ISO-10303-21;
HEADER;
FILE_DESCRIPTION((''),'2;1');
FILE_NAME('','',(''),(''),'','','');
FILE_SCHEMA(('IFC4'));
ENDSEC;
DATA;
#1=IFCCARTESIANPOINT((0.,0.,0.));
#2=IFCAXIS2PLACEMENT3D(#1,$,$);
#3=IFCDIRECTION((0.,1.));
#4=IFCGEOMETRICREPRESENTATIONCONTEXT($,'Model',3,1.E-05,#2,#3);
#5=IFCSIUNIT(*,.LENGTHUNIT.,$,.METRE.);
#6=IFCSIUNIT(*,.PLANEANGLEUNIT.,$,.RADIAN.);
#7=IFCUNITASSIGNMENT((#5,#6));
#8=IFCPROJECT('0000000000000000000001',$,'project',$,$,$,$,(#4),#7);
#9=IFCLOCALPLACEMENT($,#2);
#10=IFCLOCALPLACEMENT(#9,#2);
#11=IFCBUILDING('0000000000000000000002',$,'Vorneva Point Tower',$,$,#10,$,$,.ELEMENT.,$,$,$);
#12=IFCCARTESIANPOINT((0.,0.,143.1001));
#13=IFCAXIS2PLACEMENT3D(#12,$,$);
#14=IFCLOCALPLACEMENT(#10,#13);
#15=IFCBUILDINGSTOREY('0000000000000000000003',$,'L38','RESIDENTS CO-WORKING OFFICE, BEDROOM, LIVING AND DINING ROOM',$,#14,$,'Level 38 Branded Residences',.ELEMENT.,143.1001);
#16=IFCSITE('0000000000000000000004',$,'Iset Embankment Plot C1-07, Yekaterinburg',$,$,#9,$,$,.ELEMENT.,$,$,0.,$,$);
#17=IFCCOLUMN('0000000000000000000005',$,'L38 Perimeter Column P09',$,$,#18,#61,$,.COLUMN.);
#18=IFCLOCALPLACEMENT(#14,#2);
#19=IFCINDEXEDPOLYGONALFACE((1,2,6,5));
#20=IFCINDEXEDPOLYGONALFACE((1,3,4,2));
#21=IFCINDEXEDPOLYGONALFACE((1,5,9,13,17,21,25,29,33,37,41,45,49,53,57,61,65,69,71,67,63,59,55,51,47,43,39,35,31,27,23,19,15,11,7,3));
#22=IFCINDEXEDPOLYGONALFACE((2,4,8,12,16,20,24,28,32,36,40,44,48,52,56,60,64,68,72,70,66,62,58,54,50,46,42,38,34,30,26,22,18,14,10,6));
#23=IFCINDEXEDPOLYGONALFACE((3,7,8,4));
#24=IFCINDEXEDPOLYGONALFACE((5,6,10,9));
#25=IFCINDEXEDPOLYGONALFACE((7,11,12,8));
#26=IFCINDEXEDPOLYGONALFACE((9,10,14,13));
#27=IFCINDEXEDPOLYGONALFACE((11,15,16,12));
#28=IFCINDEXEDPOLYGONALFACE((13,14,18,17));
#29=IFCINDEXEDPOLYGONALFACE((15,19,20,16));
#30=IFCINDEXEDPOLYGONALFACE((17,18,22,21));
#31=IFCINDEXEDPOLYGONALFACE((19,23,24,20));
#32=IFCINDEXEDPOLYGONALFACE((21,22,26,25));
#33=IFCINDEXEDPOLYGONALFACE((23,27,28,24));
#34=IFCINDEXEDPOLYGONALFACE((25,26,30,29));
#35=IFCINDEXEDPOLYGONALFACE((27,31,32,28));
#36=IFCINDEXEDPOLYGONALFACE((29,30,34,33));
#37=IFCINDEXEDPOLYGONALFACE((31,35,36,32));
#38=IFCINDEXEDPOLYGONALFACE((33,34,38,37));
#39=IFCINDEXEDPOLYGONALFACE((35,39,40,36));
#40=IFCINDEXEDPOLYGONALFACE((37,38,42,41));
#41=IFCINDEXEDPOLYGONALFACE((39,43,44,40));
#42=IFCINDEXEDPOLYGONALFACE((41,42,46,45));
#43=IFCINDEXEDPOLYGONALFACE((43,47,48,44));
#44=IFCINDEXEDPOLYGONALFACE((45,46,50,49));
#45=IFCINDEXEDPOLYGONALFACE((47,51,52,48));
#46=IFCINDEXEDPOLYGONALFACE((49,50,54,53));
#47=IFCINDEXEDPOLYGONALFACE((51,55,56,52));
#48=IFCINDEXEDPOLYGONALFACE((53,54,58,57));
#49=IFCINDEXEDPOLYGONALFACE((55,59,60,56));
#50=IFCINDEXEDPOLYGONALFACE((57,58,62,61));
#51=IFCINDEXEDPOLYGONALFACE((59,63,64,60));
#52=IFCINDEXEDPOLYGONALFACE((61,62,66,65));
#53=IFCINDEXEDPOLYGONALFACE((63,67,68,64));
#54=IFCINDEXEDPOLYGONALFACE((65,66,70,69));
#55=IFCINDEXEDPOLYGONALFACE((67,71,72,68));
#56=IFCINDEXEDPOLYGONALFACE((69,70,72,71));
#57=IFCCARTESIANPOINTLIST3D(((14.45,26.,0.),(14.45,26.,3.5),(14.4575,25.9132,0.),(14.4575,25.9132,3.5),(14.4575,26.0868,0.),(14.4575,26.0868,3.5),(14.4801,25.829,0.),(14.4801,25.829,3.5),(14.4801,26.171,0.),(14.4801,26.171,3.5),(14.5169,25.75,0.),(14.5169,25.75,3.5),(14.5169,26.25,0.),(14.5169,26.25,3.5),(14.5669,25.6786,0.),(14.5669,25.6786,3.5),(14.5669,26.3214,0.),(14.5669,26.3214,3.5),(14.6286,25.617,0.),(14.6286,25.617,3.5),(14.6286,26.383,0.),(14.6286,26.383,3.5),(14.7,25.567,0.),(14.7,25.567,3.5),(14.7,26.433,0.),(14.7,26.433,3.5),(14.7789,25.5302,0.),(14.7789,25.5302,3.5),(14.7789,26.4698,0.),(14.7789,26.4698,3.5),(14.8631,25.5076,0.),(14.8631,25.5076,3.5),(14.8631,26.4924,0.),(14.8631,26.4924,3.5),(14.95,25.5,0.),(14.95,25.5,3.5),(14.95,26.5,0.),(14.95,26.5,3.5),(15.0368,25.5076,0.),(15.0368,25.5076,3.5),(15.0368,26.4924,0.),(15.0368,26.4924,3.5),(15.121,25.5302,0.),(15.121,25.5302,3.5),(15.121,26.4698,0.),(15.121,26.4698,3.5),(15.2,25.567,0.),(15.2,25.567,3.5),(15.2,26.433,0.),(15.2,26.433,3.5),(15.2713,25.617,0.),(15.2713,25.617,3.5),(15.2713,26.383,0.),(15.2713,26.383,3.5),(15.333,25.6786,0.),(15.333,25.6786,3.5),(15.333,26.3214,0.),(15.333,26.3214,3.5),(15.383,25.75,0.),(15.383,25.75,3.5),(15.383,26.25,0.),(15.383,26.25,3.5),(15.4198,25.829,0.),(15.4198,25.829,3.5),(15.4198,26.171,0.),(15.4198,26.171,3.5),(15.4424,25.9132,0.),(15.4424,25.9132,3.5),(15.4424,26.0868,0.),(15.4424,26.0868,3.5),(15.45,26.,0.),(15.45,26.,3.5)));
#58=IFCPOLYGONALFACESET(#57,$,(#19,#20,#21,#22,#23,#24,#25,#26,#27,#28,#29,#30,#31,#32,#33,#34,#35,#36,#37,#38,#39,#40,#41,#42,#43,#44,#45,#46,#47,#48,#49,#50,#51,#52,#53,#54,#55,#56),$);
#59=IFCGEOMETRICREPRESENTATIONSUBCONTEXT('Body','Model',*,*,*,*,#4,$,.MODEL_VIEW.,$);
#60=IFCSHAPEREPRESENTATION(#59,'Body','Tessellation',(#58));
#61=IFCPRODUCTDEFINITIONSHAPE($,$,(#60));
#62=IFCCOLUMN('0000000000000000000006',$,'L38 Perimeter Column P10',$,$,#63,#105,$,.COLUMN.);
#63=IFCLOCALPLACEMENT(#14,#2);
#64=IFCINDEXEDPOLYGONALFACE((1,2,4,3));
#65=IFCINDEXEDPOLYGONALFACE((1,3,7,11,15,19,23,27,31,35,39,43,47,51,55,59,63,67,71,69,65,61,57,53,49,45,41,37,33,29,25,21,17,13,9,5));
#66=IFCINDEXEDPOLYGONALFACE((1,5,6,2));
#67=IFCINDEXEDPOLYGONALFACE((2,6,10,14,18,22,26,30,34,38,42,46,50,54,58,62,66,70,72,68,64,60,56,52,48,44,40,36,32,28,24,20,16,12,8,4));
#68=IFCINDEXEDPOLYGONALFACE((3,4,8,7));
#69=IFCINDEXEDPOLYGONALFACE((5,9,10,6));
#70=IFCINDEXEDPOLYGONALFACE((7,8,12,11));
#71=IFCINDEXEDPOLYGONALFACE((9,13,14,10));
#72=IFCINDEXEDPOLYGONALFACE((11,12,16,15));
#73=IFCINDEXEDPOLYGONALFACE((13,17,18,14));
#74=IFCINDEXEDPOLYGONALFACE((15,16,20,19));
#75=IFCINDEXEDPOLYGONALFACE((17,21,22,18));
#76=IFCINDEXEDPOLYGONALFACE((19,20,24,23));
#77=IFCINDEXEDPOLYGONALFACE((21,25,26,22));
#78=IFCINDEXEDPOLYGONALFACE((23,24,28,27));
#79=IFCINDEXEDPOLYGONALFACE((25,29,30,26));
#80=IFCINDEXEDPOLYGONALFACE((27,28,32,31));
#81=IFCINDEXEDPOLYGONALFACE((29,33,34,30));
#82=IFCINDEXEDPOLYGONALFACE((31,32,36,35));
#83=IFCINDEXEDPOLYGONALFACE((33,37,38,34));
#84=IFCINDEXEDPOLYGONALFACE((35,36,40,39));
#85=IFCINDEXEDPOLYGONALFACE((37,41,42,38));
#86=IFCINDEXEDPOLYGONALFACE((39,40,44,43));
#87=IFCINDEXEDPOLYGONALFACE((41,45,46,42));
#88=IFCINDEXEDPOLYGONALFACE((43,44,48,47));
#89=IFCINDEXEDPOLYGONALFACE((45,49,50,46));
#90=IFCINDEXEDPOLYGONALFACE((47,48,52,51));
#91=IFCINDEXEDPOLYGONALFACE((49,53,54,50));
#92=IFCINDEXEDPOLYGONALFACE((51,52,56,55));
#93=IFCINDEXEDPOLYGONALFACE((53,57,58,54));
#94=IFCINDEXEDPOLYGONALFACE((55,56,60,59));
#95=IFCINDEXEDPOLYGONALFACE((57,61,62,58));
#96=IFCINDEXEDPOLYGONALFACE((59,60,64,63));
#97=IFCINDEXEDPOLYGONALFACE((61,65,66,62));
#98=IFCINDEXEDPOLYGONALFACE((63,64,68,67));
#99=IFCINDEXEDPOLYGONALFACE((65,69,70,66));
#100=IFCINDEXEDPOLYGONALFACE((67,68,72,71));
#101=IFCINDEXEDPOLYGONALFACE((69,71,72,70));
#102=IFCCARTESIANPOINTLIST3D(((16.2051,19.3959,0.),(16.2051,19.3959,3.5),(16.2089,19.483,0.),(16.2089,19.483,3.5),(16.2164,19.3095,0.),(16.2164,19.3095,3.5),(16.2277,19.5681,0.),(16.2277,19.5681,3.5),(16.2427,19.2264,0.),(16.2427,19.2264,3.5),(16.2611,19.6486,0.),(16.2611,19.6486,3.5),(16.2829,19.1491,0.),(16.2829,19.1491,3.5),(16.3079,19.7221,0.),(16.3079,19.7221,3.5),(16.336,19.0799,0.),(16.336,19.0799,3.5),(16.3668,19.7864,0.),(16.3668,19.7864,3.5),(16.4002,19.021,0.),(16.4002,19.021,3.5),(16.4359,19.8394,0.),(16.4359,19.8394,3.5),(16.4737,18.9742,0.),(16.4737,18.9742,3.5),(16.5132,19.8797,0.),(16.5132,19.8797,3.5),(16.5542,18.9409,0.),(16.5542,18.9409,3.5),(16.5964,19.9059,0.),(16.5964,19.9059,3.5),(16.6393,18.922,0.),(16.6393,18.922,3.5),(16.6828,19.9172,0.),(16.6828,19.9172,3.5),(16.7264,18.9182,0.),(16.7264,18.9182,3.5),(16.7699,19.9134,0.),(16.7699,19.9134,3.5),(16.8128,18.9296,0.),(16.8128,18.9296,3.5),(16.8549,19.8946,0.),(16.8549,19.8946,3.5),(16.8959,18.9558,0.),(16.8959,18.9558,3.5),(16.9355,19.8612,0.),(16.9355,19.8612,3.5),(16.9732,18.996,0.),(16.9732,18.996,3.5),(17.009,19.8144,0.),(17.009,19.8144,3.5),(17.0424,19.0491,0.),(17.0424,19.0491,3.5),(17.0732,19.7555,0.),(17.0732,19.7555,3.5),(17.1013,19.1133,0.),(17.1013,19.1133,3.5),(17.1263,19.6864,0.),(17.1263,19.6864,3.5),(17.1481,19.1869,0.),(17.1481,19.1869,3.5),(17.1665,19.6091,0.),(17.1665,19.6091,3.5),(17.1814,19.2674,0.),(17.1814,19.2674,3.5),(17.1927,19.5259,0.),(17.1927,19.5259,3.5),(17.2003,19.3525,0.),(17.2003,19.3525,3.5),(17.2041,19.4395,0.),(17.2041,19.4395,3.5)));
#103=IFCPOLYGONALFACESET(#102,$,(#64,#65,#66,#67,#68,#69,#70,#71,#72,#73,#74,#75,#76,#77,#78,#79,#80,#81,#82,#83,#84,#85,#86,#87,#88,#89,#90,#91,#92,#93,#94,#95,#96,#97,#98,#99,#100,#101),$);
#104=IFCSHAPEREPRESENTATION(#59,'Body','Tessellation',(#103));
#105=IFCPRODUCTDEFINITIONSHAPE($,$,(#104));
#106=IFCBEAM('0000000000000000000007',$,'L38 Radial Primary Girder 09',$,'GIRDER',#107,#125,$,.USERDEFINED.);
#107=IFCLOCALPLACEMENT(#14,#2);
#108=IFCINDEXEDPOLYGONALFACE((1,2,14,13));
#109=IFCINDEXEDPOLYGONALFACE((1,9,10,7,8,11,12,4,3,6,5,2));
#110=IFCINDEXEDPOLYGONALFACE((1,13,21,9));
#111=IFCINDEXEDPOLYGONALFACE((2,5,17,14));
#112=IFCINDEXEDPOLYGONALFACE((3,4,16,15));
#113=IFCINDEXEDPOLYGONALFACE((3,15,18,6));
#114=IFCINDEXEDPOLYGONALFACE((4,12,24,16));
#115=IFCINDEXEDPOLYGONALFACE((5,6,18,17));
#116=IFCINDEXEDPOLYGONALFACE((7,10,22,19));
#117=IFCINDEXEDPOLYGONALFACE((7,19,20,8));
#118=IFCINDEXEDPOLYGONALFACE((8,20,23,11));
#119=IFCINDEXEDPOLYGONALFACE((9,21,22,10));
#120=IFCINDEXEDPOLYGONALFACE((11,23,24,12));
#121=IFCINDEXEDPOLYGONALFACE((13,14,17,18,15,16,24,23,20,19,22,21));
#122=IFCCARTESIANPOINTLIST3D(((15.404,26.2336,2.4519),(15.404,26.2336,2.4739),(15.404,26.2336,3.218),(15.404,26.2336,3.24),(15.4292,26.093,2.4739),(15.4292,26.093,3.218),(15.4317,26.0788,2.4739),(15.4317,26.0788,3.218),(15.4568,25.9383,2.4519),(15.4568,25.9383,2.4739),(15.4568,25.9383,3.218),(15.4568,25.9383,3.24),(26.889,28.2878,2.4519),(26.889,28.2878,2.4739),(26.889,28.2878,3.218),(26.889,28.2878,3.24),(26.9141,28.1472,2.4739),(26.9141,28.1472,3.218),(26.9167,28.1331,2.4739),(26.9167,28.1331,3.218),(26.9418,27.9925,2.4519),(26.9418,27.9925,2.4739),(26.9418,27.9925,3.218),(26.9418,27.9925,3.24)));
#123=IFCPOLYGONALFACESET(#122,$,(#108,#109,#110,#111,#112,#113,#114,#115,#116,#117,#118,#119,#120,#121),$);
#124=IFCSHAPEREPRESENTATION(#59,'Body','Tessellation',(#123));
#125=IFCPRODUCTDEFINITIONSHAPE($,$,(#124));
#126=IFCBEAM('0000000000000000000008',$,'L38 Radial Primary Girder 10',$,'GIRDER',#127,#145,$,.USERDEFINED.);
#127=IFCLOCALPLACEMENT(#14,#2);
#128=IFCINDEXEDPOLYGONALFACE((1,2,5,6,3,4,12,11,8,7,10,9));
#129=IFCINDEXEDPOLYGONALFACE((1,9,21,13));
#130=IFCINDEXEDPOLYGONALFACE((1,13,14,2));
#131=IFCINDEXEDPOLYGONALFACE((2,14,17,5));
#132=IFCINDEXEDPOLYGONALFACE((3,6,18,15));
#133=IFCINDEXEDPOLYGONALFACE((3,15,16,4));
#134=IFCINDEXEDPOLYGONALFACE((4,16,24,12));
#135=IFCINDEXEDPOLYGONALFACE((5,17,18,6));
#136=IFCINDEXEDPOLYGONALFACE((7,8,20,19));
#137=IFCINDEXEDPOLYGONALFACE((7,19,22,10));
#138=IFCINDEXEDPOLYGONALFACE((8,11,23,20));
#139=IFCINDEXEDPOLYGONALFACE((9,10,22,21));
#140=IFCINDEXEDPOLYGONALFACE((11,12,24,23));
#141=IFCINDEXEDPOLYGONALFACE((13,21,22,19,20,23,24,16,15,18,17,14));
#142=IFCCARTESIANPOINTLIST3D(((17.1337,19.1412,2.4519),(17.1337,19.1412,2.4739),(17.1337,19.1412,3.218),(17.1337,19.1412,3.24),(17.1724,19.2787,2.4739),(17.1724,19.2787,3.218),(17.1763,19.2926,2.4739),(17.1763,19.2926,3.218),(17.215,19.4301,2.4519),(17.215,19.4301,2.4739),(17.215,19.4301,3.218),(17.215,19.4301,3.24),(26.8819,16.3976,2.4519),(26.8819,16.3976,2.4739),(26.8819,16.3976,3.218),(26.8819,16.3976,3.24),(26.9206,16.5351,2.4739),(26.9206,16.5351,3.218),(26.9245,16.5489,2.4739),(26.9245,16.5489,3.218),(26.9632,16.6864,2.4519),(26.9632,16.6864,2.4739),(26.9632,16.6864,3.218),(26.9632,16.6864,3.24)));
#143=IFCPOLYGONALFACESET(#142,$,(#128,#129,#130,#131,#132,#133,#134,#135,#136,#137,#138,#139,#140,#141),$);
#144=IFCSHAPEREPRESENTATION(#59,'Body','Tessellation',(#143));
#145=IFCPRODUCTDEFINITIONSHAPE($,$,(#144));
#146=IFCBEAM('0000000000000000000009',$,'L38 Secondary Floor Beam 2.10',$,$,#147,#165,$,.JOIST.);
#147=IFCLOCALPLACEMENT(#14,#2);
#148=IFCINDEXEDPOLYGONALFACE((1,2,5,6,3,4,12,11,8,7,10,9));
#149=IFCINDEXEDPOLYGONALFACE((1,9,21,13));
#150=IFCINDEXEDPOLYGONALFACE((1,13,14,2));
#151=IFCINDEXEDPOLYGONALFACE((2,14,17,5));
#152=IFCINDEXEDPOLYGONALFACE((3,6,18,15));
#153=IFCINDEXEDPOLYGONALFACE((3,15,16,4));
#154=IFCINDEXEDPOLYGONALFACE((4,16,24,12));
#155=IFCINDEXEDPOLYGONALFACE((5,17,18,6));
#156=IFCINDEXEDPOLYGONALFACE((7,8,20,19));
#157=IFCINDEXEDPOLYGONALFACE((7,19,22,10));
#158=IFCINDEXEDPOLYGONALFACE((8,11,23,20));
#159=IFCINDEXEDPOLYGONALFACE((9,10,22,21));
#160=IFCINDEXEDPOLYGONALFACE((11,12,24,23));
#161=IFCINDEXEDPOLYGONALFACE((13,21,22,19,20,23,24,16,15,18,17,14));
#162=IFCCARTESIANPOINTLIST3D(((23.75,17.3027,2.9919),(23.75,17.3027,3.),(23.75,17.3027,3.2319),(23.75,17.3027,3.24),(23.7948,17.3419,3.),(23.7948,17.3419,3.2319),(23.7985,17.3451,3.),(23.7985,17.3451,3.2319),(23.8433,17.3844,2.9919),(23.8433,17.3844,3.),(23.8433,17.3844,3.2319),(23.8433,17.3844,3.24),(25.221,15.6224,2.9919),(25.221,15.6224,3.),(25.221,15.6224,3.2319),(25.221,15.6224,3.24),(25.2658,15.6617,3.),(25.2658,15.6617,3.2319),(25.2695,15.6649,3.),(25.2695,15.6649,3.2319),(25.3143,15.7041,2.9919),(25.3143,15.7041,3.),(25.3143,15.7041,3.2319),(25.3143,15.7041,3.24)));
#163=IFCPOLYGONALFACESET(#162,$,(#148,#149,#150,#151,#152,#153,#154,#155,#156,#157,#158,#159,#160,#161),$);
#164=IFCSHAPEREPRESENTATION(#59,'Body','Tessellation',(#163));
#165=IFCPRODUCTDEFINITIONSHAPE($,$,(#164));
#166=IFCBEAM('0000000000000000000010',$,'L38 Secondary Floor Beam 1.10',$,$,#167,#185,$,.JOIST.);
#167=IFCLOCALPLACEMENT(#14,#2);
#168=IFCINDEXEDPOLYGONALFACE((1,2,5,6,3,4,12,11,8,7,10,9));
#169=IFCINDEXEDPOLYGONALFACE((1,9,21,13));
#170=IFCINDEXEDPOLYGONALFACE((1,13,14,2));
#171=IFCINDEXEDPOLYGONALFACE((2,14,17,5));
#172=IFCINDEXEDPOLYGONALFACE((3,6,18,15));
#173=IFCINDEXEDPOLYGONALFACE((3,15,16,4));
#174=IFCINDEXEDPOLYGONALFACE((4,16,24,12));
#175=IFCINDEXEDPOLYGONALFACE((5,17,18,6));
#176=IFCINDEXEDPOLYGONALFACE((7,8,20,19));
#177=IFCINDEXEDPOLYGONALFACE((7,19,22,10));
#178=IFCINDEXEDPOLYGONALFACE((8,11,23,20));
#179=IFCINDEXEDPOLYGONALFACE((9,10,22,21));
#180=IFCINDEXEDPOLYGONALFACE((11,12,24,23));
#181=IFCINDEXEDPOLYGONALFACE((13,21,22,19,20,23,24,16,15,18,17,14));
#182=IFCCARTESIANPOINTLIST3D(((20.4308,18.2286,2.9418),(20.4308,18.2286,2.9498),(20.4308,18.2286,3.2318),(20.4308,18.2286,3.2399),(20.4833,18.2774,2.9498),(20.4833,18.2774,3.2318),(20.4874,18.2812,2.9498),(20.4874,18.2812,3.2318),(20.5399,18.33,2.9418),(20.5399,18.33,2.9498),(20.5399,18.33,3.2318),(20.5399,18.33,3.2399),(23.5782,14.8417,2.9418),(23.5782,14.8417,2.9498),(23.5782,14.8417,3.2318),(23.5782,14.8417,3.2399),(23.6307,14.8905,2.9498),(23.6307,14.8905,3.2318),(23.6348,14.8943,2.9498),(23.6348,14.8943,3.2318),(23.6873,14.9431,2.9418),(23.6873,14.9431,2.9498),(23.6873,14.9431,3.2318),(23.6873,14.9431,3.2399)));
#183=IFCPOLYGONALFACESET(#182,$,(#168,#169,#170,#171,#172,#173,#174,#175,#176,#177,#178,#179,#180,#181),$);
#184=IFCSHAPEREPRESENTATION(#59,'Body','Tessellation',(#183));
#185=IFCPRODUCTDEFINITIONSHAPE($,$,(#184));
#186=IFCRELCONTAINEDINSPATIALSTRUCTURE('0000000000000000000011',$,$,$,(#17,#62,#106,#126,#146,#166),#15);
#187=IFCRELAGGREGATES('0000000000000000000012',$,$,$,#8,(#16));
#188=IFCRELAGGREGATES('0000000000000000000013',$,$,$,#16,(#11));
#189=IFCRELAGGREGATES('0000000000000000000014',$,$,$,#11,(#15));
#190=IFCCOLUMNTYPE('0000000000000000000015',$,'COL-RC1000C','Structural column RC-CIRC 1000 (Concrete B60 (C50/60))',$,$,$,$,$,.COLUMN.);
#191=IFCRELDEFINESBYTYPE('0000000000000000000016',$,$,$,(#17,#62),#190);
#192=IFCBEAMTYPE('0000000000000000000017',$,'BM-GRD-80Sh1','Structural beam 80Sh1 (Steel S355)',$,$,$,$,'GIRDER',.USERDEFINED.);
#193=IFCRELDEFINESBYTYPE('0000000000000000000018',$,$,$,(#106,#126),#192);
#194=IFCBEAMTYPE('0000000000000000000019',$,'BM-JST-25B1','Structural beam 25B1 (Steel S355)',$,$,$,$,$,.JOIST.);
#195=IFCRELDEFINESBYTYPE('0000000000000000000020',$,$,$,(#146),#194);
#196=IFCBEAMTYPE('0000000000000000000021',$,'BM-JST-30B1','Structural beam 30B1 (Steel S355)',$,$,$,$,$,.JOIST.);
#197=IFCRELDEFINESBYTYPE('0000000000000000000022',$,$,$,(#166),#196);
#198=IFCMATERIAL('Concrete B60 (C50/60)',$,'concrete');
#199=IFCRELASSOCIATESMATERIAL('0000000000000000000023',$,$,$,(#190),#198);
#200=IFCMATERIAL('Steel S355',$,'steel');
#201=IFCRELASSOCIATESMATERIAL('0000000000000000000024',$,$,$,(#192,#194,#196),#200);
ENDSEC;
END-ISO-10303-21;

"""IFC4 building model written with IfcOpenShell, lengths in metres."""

from ifc_helpers import new_model, si_unit, direction, frame, origin, origin_2d, place, context, subcontext, project, spatial, circle, i_section, extrude, material, material_profile, profile_set, type_object, element, save


model = new_model("IFC4")

# Units and contexts
model_context = context("Model", 3, precision=1e-05, world=origin(), true_north=direction((0.0, 1.0)))
body_context = subcontext(model_context, "Body", "Model", "MODEL_VIEW")
ifc_project = project(units=[si_unit("LENGTHUNIT", "METRE"), si_unit("PLANEANGLEUNIT", "RADIAN")], contexts=[model_context])

# Site, building, storey
site_placement = place(None, origin())
site = spatial("IfcSite", under=ifc_project, at=site_placement, Name="Iset Embankment Plot C1-07, Yekaterinburg", CompositionType="ELEMENT", RefElevation=0.0)
building_placement = place(site_placement, origin())
building = spatial("IfcBuilding", under=site, at=building_placement, Name="Vorneva Point Tower", CompositionType="ELEMENT")
storey_placement = place(building_placement, frame((0.0, 0.0, 143.1001)))
storey = spatial("IfcBuildingStorey", under=building, at=storey_placement, Name="L38", Description="RESIDENTS CO-WORKING OFFICE, BEDROOM, LIVING AND DINING ROOM", LongName="Level 38 Branded Residences", CompositionType="ELEMENT", Elevation=143.1001)

# Columns
ifc_material_1 = material(Name="Concrete B60 (C50/60)", Category="concrete")
ifc_material_profile_1 = material_profile(ifc_material_1, circle(Radius=0.5, at=origin_2d()), Name="RC-CIRC 1000")
ifc_profile_set_1 = profile_set([ifc_material_profile_1], Name="Concrete B60 (C50/60)")
column_type = type_object("IfcColumnType", Name="COL-RC1000C", Description="Structural column RC-CIRC 1000 (Concrete B60 (C50/60))", PredefinedType="COLUMN", material=ifc_profile_set_1)
for number, where, z_axis, x_axis, name in (
    (1, (14.95, 26.0, 0.0), (0.0, 0.0, 1.0), (-1.0, 0.0, 0.0), "L38 Perimeter Column P09"),
    (2, (16.7046, 19.4177, 0.0), (0.0, 0.0, 1.0), (-0.92388, -0.382683, 0.0), "L38 Perimeter Column P10"),
):
    element("IfcColumn", number, at=place(storey_placement, frame(where, z_axis=z_axis, x_axis=x_axis)), inside=storey, type_object=column_type, Name=name, PredefinedType="COLUMN", context=body_context, shape_type="SweptSolid", body=[
        extrude(circle(Radius=0.5, at=origin_2d()), origin(), (0.0, 0.0, 1.0), 3.5),
    ])

# Beams
ifc_material_2 = material(Name="Steel S355", Category="steel")
ifc_material_profile_2 = material_profile(ifc_material_2, i_section(OverallWidth=0.3, OverallDepth=0.7881, WebThickness=0.0144, FlangeThickness=0.022, at=origin_2d()), Name="80Sh1")
ifc_profile_set_2 = profile_set([ifc_material_profile_2], Name="Steel S355")
beam_type_1 = type_object("IfcBeamType", Name="BM-GRD-80Sh1", Description="Structural beam 80Sh1 (Steel S355)", ElementType="GIRDER", PredefinedType="USERDEFINED", material=ifc_profile_set_2)
beam_1_placement = place(storey_placement, frame((15.4304, 26.0859, 2.8459), z_axis=(0.984378, 0.176067, 0.0), x_axis=(-0.176067, 0.984378, 0.0)))
element("IfcBeam", 3, at=beam_1_placement, inside=storey, type_object=beam_type_1, Name="L38 Radial Primary Girder 09", ObjectType="GIRDER", PredefinedType="USERDEFINED", context=body_context, shape_type="SweptSolid", body=[
    extrude(i_section(OverallWidth=0.3, OverallDepth=0.7881, WebThickness=0.0144, FlangeThickness=0.022, at=origin_2d()), origin(), (0.0, 0.0, 1.0), 11.6672),
])
beam_2_placement = place(storey_placement, frame((17.1743, 19.2856, 2.8459), z_axis=(0.962601, -0.270924, 0.0), x_axis=(0.270924, 0.962601, 0.0)))
element("IfcBeam", 4, at=beam_2_placement, inside=storey, type_object=beam_type_1, Name="L38 Radial Primary Girder 10", ObjectType="GIRDER", PredefinedType="USERDEFINED", context=body_context, shape_type="SweptSolid", body=[
    extrude(i_section(OverallWidth=0.3, OverallDepth=0.7881, WebThickness=0.0144, FlangeThickness=0.022, at=origin_2d()), origin(), (0.0, 0.0, 1.0), 10.127),
])
ifc_material_profile_3 = material_profile(ifc_material_2, i_section(OverallWidth=0.124, OverallDepth=0.248, WebThickness=0.0049, FlangeThickness=0.0081, at=origin_2d()), Name="25B1")
ifc_profile_set_3 = profile_set([ifc_material_profile_3], Name="Steel S355")
beam_type_2 = type_object("IfcBeamType", Name="BM-JST-25B1", Description="Structural beam 25B1 (Steel S355)", PredefinedType="JOIST", material=ifc_profile_set_3)
beam_3_placement = place(storey_placement, frame((23.7966, 17.3435, 3.116), z_axis=(0.658706, -0.752401, 0.0), x_axis=(0.752401, 0.658706, 0.0)))
element("IfcBeam", 5, at=beam_3_placement, inside=storey, type_object=beam_type_2, Name="L38 Secondary Floor Beam 2.10", PredefinedType="JOIST", context=body_context, shape_type="SweptSolid", body=[
    extrude(i_section(OverallWidth=0.124, OverallDepth=0.248, WebThickness=0.0049, FlangeThickness=0.0081, at=origin_2d()), origin(), (0.0, 0.0, 1.0), 2.2332),
])
ifc_material_profile_4 = material_profile(ifc_material_2, i_section(OverallWidth=0.1489, OverallDepth=0.2981, WebThickness=0.0056, FlangeThickness=0.0081, at=origin_2d()), Name="30B1")
ifc_profile_set_4 = profile_set([ifc_material_profile_4], Name="Steel S355")
beam_type_3 = type_object("IfcBeamType", Name="BM-JST-30B1", Description="Structural beam 30B1 (Steel S355)", PredefinedType="JOIST", material=ifc_profile_set_4)
beam_4_placement = place(storey_placement, frame((20.4854, 18.2793, 3.0908), z_axis=(0.680733, -0.732532, 0.0), x_axis=(0.732532, 0.680733, 0.0)))
element("IfcBeam", 6, at=beam_4_placement, inside=storey, type_object=beam_type_3, Name="L38 Secondary Floor Beam 1.10", PredefinedType="JOIST", context=body_context, shape_type="SweptSolid", body=[
    extrude(i_section(OverallWidth=0.1489, OverallDepth=0.2981, WebThickness=0.0056, FlangeThickness=0.0081, at=origin_2d()), origin(), (0.0, 0.0, 1.0), 4.6235),
])

save(model, "model.ifc")
